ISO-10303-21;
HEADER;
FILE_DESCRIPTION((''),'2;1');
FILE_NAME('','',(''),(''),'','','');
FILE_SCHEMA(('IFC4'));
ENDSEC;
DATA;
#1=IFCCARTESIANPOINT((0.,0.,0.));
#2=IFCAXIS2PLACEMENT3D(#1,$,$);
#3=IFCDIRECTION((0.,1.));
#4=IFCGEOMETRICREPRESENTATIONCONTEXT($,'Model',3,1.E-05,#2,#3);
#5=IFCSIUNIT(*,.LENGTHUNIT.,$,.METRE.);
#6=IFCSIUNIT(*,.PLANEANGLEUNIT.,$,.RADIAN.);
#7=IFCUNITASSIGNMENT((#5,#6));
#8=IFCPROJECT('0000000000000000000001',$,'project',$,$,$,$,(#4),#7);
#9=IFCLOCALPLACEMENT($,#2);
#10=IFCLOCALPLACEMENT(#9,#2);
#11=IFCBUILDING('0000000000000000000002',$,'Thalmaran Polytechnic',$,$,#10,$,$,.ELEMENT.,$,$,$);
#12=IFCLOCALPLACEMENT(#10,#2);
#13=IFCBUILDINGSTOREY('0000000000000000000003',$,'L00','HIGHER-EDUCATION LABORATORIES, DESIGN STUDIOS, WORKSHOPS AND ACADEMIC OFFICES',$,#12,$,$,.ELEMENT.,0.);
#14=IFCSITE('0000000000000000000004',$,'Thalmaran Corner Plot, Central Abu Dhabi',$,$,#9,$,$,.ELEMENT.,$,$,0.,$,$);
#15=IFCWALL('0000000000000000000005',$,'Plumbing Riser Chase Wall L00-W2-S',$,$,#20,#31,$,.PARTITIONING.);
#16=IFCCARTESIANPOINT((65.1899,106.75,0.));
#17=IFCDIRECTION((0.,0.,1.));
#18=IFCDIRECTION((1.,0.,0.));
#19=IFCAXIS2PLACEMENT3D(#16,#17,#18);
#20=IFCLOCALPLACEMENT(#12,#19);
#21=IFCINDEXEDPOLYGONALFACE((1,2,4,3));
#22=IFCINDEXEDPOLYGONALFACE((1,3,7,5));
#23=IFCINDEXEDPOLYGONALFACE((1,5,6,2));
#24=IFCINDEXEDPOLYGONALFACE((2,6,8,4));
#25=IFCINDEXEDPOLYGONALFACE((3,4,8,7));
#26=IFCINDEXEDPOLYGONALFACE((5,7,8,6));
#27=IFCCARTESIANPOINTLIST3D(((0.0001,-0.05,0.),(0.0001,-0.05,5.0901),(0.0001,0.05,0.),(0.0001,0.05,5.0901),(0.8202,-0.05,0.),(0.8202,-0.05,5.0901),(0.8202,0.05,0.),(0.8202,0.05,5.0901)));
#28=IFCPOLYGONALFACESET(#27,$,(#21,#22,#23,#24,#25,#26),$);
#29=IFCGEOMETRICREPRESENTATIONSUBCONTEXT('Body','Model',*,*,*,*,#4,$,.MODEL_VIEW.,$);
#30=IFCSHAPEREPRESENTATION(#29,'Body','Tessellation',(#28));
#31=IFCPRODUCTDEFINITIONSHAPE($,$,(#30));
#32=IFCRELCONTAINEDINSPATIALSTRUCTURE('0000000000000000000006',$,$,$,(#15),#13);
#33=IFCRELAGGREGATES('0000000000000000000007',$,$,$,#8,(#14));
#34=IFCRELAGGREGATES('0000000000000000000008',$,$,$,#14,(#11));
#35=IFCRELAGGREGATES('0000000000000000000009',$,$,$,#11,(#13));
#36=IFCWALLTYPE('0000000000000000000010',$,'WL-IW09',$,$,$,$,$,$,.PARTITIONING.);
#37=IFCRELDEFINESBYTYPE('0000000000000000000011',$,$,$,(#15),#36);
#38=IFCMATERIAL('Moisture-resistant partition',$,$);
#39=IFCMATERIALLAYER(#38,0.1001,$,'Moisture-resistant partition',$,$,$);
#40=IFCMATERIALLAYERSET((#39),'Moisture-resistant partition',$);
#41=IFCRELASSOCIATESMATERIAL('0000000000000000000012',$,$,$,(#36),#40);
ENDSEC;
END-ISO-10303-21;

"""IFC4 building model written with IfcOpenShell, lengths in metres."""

from ifc_helpers import new_model, si_unit, direction, frame, frame_2d, origin, place, context, subcontext, project, spatial, rectangle, extrude, material, layer, layer_set, type_object, element, save


model = new_model("IFC4")

# Units and contexts
model_context = context("Model", 3, precision=1e-05, world=origin(), true_north=direction((0.0, 1.0)))
body_context = subcontext(model_context, "Body", "Model", "MODEL_VIEW")
ifc_project = project(units=[si_unit("LENGTHUNIT", "METRE"), si_unit("PLANEANGLEUNIT", "RADIAN")], contexts=[model_context])

# Site, building, storey
site_placement = place(None, origin())
site = spatial("IfcSite", under=ifc_project, at=site_placement, Name="Thalmaran Corner Plot, Central Abu Dhabi", CompositionType="ELEMENT", RefElevation=0.0)
building_placement = place(site_placement, origin())
building = spatial("IfcBuilding", under=site, at=building_placement, Name="Thalmaran Polytechnic", CompositionType="ELEMENT")
storey_placement = place(building_placement, origin())
storey = spatial("IfcBuildingStorey", under=building, at=storey_placement, Name="L00", Description="HIGHER-EDUCATION LABORATORIES, DESIGN STUDIOS, WORKSHOPS AND ACADEMIC OFFICES", CompositionType="ELEMENT", Elevation=0.0)

# Wall
ifc_material_1 = material(Name="Moisture-resistant partition")
ifc_layer_1 = layer(ifc_material_1, 0.1001, Name="Moisture-resistant partition")
ifc_layer_set_1 = layer_set([ifc_layer_1], Name="Moisture-resistant partition")
wall_type_1 = type_object("IfcWallType", Name="WL-IW09", PredefinedType="PARTITIONING", material=ifc_layer_set_1)
wall_1_placement = place(storey_placement, frame((65.1899, 106.75, 0.0), z_axis=(0.0, 0.0, 1.0), x_axis=(1.0, 0.0, 0.0)))
element("IfcWall", 1, at=wall_1_placement, inside=storey, type_object=wall_type_1, Name="Plumbing Riser Chase Wall L00-W2-S", PredefinedType="PARTITIONING", context=body_context, shape_type="SweptSolid", body=[
    extrude(rectangle(XDim=0.8201, YDim=0.1001, at=frame_2d((0.4102, 0.0))), origin(), (0.0, 0.0, 1.0), 5.0901),
])

save(model, "model.ifc")
